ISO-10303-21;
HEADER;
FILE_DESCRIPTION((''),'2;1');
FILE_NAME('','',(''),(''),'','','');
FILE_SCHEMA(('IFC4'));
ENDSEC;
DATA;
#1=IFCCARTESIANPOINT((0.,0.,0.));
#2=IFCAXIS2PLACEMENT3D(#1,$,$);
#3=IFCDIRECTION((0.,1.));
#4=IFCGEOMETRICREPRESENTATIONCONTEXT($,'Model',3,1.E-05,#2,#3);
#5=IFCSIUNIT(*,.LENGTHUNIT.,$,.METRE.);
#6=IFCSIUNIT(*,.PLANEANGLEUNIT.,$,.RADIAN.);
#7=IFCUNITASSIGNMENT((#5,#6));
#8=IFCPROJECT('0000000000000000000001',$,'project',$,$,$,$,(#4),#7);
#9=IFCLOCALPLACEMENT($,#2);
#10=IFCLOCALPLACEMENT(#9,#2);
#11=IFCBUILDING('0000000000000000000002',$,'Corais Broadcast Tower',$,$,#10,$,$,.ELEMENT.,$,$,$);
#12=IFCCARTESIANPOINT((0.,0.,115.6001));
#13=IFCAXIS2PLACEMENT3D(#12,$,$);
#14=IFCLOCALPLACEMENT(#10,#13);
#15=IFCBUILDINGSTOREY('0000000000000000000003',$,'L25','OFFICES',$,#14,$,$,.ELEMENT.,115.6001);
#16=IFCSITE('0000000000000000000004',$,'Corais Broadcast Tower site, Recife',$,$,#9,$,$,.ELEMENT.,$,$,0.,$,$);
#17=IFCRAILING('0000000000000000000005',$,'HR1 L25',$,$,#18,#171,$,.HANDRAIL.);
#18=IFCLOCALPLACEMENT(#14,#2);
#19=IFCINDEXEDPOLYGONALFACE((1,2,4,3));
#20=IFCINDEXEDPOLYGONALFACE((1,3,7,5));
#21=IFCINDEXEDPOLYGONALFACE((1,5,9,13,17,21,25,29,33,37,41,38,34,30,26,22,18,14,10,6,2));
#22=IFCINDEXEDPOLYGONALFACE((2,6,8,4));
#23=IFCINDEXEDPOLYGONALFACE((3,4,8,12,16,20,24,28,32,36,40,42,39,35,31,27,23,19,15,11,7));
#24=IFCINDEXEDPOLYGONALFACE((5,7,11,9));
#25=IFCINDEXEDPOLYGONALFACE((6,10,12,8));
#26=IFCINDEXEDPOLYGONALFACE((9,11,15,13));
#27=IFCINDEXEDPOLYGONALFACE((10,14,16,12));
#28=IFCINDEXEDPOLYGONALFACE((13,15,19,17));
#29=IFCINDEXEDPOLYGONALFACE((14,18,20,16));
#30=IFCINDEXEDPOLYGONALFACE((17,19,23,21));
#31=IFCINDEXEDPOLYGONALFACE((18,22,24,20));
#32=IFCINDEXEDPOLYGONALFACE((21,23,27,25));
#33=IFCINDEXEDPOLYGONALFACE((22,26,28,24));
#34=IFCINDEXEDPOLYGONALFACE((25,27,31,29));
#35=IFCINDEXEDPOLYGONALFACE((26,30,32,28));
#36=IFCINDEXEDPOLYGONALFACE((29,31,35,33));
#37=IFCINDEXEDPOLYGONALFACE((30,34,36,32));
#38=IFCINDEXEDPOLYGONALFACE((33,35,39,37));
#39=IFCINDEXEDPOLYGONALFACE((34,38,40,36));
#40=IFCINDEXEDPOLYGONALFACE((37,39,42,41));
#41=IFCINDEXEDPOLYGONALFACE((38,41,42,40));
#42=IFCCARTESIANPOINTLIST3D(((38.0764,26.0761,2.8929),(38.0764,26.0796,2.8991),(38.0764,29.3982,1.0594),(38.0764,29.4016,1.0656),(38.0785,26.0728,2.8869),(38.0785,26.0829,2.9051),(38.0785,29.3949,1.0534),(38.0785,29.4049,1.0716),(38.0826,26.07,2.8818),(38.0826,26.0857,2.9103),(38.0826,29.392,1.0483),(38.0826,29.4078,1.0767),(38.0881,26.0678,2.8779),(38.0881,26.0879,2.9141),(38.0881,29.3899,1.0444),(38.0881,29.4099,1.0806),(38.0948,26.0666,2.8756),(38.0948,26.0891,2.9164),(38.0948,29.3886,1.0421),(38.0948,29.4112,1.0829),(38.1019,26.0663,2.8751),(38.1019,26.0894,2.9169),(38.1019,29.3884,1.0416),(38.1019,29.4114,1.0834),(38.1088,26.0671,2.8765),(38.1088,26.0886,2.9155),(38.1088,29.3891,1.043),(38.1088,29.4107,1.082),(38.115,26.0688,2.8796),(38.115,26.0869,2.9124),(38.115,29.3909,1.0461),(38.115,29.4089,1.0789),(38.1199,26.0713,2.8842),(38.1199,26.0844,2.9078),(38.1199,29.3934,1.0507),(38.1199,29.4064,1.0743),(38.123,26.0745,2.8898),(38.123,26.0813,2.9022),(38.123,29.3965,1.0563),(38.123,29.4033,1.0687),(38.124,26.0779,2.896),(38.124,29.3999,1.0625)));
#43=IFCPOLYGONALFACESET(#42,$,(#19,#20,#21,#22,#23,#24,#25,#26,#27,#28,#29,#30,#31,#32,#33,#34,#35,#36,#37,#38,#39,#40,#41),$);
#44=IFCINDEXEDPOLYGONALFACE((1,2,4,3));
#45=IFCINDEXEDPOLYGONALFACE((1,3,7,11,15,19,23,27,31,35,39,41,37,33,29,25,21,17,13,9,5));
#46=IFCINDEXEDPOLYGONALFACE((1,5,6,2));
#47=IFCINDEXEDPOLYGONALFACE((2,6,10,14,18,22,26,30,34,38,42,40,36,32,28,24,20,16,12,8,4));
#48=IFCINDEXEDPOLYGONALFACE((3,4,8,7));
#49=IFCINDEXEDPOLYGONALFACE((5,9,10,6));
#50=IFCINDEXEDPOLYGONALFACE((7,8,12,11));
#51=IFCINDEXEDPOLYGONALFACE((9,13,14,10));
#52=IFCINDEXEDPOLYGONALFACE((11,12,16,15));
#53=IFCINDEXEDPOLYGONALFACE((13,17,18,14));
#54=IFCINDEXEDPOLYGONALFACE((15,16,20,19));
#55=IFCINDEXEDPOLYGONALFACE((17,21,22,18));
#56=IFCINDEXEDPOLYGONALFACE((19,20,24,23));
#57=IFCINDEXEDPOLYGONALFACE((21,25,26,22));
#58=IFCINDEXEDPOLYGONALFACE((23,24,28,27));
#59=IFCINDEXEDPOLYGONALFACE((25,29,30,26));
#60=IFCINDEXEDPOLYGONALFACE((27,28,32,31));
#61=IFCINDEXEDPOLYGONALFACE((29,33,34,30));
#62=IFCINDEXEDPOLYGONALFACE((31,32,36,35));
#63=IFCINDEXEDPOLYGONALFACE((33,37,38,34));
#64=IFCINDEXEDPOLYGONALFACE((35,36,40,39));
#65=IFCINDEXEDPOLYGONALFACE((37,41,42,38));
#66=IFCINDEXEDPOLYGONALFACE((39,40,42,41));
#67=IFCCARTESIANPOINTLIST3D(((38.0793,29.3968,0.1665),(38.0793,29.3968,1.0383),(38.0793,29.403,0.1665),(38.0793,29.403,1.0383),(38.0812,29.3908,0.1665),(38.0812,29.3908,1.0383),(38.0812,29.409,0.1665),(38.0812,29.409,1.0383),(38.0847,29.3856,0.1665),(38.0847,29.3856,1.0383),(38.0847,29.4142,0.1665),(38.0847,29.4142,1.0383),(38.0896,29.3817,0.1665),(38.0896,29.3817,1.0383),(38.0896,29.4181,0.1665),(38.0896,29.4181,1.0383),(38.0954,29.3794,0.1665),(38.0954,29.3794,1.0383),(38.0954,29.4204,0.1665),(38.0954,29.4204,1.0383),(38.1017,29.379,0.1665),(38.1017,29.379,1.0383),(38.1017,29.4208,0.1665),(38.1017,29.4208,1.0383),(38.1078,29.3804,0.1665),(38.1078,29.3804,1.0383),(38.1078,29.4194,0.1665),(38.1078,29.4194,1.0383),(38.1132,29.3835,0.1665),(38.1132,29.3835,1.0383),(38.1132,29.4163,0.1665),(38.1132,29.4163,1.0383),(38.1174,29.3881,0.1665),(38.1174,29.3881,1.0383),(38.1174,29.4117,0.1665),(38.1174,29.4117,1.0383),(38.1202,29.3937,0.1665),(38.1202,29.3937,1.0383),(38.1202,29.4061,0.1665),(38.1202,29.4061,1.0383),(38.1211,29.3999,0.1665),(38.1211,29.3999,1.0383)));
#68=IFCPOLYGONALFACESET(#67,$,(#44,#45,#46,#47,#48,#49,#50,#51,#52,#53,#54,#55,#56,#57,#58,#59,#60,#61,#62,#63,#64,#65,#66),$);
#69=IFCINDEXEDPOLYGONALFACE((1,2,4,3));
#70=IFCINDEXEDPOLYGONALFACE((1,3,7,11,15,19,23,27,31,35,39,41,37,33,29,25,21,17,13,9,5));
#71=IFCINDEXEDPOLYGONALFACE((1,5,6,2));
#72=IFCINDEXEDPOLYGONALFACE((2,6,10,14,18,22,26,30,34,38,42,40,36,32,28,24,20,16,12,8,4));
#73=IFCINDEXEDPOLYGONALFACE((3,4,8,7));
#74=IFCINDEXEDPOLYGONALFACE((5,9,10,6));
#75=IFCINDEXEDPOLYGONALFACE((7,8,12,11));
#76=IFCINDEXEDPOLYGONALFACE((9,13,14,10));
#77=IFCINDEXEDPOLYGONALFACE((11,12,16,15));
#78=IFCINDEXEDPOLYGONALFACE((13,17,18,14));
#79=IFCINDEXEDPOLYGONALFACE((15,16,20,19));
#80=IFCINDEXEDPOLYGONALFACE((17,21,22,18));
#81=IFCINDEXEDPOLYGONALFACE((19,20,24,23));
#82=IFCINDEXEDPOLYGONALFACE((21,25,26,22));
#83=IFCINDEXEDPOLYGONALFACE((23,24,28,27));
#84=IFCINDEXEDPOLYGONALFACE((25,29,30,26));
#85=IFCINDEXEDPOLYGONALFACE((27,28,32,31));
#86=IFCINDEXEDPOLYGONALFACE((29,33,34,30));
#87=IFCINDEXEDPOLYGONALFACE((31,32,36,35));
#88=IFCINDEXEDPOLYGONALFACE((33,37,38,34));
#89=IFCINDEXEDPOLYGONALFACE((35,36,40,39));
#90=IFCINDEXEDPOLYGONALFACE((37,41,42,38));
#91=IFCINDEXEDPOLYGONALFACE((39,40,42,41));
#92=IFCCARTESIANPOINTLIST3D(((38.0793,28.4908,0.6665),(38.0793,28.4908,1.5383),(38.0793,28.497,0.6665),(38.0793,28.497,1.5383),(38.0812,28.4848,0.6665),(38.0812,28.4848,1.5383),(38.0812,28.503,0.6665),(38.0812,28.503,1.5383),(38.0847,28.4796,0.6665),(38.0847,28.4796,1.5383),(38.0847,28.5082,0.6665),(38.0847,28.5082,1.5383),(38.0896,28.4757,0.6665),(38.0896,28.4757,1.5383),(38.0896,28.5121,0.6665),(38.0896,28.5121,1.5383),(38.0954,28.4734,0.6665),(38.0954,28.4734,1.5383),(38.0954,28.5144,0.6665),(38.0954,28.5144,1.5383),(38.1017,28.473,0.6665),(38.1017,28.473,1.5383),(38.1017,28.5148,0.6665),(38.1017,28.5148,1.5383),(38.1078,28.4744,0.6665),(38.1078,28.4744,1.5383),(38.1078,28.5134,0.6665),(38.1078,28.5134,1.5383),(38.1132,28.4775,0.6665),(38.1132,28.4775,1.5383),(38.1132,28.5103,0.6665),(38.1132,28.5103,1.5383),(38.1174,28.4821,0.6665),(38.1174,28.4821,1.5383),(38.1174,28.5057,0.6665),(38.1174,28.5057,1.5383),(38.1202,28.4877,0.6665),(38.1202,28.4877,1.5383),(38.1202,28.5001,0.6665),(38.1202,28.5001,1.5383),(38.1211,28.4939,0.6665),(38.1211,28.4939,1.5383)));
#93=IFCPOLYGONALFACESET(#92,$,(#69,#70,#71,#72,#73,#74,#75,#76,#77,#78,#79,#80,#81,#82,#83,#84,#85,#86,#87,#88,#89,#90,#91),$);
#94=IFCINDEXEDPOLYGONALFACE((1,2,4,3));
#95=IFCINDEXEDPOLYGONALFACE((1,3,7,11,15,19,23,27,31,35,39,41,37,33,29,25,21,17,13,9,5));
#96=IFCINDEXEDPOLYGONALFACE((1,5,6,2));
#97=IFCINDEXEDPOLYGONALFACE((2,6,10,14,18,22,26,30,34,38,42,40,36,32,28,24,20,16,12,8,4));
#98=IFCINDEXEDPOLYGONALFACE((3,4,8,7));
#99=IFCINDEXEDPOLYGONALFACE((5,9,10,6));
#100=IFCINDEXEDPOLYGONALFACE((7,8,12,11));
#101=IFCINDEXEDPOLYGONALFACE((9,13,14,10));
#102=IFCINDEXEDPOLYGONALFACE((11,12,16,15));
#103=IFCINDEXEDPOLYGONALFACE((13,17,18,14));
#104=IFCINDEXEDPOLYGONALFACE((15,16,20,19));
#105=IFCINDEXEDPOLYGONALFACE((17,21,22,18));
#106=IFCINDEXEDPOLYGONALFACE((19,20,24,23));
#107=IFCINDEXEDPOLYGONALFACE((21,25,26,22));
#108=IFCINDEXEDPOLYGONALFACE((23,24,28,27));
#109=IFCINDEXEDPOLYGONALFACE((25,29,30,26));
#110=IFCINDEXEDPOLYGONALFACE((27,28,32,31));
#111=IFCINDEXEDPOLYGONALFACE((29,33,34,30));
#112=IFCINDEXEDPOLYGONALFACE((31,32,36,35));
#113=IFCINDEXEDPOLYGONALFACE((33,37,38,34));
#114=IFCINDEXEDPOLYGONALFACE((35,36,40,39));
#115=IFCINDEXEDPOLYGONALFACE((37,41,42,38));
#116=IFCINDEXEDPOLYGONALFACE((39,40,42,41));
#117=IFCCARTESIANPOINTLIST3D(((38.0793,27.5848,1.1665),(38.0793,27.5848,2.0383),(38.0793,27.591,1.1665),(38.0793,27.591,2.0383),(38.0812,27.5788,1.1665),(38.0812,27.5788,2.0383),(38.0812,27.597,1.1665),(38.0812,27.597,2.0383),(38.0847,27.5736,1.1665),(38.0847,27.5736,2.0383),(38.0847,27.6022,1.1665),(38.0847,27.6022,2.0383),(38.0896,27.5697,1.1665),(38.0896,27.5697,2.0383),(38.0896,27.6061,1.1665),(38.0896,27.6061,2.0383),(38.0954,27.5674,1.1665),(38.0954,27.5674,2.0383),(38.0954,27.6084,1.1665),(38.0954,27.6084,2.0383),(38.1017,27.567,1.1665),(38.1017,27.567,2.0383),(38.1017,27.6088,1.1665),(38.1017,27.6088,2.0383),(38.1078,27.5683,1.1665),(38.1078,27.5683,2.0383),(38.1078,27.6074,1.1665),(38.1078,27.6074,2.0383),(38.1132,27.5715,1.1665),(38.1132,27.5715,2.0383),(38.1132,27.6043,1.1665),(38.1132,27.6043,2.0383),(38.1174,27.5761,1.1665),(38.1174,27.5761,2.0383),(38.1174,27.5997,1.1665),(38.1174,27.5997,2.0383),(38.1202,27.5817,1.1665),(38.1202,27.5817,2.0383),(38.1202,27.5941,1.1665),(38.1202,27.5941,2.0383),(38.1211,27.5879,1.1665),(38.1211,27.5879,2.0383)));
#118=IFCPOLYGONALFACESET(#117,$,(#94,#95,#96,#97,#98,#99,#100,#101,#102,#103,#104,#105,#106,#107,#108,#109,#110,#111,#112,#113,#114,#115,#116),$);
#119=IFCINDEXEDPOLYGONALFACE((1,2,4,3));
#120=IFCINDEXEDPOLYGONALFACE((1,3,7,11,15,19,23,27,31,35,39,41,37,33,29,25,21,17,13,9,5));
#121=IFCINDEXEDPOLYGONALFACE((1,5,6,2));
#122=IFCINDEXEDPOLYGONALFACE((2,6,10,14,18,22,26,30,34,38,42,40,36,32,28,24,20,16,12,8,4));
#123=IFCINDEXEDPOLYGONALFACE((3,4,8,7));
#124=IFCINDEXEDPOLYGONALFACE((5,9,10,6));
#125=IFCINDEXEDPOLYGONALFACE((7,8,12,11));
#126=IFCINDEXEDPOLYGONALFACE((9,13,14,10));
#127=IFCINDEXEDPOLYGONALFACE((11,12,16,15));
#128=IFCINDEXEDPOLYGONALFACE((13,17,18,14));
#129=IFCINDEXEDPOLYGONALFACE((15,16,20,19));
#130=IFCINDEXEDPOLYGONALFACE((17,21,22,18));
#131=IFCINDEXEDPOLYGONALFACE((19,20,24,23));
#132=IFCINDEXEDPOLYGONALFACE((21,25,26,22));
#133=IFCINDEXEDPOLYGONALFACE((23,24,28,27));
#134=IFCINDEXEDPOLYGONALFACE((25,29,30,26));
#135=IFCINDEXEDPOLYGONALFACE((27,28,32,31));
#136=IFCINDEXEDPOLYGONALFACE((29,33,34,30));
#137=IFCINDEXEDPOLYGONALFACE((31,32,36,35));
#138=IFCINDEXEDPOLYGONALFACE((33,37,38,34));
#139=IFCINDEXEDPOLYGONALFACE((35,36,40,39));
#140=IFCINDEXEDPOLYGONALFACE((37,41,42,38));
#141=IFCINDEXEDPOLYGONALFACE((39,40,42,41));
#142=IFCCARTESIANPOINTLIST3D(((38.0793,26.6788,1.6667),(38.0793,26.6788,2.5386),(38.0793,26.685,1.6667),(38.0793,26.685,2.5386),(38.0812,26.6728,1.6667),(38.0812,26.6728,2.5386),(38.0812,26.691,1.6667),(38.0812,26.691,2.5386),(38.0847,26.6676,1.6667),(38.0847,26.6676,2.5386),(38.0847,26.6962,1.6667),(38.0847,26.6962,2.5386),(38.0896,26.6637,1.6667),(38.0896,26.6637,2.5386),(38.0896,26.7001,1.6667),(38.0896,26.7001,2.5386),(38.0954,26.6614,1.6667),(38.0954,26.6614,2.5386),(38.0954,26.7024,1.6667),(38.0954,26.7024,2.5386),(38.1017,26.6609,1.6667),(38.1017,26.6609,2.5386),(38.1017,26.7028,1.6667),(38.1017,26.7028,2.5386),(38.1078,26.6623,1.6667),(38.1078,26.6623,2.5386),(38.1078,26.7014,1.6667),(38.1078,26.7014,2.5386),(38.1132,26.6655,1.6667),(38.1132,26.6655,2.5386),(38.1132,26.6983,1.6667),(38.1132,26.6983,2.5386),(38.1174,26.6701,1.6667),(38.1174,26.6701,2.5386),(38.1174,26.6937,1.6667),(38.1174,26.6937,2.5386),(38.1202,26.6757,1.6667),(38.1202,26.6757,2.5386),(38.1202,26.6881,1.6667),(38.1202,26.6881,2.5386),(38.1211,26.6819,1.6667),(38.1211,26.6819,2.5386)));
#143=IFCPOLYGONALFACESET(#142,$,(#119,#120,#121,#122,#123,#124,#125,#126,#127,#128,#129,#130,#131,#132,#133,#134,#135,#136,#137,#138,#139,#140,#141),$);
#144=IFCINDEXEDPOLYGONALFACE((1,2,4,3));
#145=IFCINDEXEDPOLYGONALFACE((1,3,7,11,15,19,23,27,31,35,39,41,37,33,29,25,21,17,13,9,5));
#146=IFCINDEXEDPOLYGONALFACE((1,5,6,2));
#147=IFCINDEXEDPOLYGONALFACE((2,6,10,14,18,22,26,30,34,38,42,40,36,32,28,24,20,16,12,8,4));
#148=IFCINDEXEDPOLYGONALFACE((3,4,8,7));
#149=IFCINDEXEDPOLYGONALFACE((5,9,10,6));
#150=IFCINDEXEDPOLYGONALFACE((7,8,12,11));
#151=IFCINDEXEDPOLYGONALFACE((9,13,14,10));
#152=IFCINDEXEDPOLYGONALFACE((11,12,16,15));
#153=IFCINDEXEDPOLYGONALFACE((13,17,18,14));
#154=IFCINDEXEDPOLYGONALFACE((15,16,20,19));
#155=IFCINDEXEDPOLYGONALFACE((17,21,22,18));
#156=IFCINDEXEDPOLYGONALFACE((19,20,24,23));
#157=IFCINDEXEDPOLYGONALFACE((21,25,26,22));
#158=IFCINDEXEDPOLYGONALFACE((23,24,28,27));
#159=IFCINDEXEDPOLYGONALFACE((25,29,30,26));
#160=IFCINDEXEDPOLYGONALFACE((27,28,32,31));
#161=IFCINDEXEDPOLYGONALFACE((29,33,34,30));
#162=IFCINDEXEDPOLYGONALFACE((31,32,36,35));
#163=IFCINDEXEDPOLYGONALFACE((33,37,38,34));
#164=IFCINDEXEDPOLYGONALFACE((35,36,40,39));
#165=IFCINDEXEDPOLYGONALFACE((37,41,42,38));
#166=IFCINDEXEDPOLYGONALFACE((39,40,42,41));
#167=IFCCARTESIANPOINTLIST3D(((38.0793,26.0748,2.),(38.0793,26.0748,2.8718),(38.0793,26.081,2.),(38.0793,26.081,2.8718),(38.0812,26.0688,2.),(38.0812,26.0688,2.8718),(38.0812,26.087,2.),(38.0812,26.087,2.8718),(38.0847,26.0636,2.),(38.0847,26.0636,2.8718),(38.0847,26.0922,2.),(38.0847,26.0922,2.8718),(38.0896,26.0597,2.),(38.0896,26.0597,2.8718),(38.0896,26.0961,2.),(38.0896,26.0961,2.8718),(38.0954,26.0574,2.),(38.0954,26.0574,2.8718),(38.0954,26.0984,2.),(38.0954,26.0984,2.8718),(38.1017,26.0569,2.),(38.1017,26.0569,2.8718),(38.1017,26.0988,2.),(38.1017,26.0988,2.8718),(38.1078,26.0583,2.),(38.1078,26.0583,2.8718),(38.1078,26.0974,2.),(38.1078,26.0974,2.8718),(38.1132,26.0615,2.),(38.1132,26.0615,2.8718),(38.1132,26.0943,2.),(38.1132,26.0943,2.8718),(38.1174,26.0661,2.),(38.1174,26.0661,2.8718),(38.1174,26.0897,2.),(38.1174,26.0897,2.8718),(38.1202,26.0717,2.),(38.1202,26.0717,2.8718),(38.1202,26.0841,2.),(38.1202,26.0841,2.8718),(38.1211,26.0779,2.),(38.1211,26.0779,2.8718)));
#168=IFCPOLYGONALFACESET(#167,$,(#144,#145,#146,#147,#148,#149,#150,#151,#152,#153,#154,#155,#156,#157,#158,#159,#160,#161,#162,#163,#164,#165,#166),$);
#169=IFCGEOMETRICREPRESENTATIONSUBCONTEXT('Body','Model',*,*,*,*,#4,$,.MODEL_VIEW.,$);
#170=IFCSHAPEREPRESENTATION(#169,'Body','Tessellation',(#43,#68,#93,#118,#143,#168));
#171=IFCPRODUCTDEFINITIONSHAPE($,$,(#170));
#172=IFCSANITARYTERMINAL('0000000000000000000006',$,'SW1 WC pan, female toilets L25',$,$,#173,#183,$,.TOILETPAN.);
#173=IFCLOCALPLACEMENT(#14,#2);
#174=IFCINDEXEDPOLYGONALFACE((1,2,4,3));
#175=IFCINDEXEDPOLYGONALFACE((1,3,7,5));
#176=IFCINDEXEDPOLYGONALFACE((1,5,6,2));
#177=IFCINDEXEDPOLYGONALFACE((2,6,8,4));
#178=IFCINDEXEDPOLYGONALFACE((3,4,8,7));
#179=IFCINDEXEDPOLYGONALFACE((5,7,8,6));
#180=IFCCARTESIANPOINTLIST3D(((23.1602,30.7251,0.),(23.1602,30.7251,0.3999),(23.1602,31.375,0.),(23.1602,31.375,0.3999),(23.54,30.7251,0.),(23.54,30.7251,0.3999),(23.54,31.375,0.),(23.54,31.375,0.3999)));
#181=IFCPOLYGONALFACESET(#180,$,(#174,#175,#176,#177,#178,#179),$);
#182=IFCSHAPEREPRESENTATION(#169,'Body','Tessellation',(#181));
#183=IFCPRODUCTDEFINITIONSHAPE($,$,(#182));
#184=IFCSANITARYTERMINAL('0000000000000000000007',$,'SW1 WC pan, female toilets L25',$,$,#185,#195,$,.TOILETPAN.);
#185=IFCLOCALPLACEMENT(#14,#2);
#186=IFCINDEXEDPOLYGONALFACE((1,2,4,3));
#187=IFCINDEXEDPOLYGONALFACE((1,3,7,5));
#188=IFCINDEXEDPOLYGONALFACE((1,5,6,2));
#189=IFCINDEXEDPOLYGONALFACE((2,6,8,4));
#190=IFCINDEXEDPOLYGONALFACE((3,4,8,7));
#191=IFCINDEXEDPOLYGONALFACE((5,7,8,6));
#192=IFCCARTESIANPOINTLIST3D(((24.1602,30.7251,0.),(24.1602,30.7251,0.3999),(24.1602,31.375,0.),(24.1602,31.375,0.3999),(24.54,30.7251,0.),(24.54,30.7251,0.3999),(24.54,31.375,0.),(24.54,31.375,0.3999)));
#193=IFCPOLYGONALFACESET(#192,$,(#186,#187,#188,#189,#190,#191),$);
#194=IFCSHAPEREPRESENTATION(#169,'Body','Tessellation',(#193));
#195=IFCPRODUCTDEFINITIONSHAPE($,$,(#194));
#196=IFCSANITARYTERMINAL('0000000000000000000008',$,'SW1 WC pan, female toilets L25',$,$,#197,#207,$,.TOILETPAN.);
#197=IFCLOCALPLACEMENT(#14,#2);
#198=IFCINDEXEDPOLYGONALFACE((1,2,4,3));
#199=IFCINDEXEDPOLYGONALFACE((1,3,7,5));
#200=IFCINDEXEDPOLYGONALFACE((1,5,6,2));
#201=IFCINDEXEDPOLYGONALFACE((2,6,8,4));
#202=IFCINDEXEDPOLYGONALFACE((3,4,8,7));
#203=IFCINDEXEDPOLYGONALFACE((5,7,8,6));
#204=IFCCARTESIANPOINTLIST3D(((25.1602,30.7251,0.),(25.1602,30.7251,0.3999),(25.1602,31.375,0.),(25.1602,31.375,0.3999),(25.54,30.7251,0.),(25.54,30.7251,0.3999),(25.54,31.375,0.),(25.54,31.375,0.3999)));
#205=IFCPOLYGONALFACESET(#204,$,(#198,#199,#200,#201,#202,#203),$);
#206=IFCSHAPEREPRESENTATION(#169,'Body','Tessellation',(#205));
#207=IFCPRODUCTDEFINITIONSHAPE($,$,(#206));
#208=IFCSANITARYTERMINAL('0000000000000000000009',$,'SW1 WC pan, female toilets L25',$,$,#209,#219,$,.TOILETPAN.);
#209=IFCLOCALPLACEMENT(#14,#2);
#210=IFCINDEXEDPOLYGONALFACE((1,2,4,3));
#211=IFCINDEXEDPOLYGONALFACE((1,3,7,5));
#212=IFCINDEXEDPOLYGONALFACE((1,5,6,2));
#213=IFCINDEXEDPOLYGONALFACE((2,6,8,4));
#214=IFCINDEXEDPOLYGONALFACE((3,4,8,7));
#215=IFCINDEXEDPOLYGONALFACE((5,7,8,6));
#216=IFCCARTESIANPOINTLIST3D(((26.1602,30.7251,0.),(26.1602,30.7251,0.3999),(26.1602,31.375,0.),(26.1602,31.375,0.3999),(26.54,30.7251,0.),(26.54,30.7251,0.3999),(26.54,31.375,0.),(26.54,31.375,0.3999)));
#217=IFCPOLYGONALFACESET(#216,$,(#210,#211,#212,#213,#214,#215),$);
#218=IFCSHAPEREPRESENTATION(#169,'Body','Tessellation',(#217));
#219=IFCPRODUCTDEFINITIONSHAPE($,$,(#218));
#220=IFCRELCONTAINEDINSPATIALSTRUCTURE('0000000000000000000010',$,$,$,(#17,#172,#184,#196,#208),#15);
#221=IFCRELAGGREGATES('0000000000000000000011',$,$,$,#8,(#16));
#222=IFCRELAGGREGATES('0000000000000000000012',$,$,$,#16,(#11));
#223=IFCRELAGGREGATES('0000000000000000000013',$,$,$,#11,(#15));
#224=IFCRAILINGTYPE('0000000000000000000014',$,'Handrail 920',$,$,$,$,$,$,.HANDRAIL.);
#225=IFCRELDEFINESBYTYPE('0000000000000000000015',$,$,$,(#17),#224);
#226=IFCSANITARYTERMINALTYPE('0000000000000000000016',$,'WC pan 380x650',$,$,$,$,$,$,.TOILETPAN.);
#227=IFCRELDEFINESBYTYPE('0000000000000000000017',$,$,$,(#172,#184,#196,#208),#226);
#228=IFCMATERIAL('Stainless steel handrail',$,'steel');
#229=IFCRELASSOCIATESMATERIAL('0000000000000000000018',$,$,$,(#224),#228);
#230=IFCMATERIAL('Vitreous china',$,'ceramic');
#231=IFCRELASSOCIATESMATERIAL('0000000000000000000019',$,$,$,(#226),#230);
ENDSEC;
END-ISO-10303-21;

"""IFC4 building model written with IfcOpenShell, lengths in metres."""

from ifc_helpers import new_model, si_unit, direction, frame, origin, origin_2d, place, context, subcontext, project, spatial, rectangle, circle, extrude, material, type_object, element, save


model = new_model("IFC4")

# Units and contexts
model_context = context("Model", 3, precision=1e-05, world=origin(), true_north=direction((0.0, 1.0)))
body_context = subcontext(model_context, "Body", "Model", "MODEL_VIEW")
ifc_project = project(units=[si_unit("LENGTHUNIT", "METRE"), si_unit("PLANEANGLEUNIT", "RADIAN")], contexts=[model_context])

# Site, building, storey
site_placement = place(None, origin())
site = spatial("IfcSite", under=ifc_project, at=site_placement, Name="Corais Broadcast Tower site, Recife", CompositionType="ELEMENT", RefElevation=0.0)
building_placement = place(site_placement, origin())
building = spatial("IfcBuilding", under=site, at=building_placement, Name="Corais Broadcast Tower", CompositionType="ELEMENT")
storey_placement = place(building_placement, frame((0.0, 0.0, 115.6001)))
storey = spatial("IfcBuildingStorey", under=building, at=storey_placement, Name="L25", Description="OFFICES", CompositionType="ELEMENT", Elevation=115.6001)

# Railing
ifc_material_1 = material(Name="Stainless steel handrail", Category="steel")
railing_type = type_object("IfcRailingType", Name="Handrail 920", PredefinedType="HANDRAIL", material=ifc_material_1)
for number, where, name in (
    (1, (38.1001, 29.3999, 0.1665), "HR1 L25"),
):
    element("IfcRailing", number, at=place(storey_placement, frame(where)), inside=storey, type_object=railing_type, Name=name, PredefinedType="HANDRAIL", context=body_context, shape_type="SweptSolid", body=[
        extrude(circle(Radius=0.0239, at=origin_2d()), frame((0.0, 0.0, 0.896), z_axis=(0.0, -0.875504, 0.48321), x_axis=(1.0, 0.0, 0.0)), (0.0, 0.0, 1.0), 3.7944),
        extrude(circle(Radius=0.021, at=origin_2d()), origin(), (0.0, 0.0, 1.0), 0.8718),
        extrude(circle(Radius=0.021, at=origin_2d()), frame((0.0, -0.906, 0.5)), (0.0, 0.0, 1.0), 0.8718),
        extrude(circle(Radius=0.021, at=origin_2d()), frame((0.0, -1.812, 1.0)), (0.0, 0.0, 1.0), 0.8718),
        extrude(circle(Radius=0.021, at=origin_2d()), frame((0.0, -2.718, 1.5002)), (0.0, 0.0, 1.0), 0.8718),
        extrude(circle(Radius=0.021, at=origin_2d()), frame((0.0, -3.322, 1.8335)), (0.0, 0.0, 1.0), 0.8718),
    ])

# Sanitary terminals
ifc_material_2 = material(Name="Vitreous china", Category="ceramic")
sanitary_terminal_type_1 = type_object("IfcSanitaryTerminalType", Name="WC pan 380x650", PredefinedType="TOILETPAN", material=ifc_material_2)
for number, where, z_axis, x_axis, name in (
    (2, (23.3501, 31.05, 0.0), (0.0, 0.0, 1.0), (1.0, 0.0, 0.0), "SW1 WC pan, female toilets L25"),
    (3, (24.3501, 31.05, 0.0), (0.0, 0.0, 1.0), (1.0, 0.0, 0.0), "SW1 WC pan, female toilets L25"),
    (4, (25.3501, 31.05, 0.0), (0.0, 0.0, 1.0), (1.0, 0.0, 0.0), "SW1 WC pan, female toilets L25"),
    (5, (26.3501, 31.05, 0.0), (0.0, 0.0, 1.0), (1.0, 0.0, 0.0), "SW1 WC pan, female toilets L25"),
):
    element("IfcSanitaryTerminal", number, at=place(storey_placement, frame(where, z_axis=z_axis, x_axis=x_axis)), inside=storey, type_object=sanitary_terminal_type_1, Name=name, PredefinedType="TOILETPAN", context=body_context, shape_type="SweptSolid", body=[
        extrude(rectangle(XDim=0.3799, YDim=0.6499, at=origin_2d()), origin(), (0.0, 0.0, 1.0), 0.3999),
    ])

save(model, "model.ifc")
